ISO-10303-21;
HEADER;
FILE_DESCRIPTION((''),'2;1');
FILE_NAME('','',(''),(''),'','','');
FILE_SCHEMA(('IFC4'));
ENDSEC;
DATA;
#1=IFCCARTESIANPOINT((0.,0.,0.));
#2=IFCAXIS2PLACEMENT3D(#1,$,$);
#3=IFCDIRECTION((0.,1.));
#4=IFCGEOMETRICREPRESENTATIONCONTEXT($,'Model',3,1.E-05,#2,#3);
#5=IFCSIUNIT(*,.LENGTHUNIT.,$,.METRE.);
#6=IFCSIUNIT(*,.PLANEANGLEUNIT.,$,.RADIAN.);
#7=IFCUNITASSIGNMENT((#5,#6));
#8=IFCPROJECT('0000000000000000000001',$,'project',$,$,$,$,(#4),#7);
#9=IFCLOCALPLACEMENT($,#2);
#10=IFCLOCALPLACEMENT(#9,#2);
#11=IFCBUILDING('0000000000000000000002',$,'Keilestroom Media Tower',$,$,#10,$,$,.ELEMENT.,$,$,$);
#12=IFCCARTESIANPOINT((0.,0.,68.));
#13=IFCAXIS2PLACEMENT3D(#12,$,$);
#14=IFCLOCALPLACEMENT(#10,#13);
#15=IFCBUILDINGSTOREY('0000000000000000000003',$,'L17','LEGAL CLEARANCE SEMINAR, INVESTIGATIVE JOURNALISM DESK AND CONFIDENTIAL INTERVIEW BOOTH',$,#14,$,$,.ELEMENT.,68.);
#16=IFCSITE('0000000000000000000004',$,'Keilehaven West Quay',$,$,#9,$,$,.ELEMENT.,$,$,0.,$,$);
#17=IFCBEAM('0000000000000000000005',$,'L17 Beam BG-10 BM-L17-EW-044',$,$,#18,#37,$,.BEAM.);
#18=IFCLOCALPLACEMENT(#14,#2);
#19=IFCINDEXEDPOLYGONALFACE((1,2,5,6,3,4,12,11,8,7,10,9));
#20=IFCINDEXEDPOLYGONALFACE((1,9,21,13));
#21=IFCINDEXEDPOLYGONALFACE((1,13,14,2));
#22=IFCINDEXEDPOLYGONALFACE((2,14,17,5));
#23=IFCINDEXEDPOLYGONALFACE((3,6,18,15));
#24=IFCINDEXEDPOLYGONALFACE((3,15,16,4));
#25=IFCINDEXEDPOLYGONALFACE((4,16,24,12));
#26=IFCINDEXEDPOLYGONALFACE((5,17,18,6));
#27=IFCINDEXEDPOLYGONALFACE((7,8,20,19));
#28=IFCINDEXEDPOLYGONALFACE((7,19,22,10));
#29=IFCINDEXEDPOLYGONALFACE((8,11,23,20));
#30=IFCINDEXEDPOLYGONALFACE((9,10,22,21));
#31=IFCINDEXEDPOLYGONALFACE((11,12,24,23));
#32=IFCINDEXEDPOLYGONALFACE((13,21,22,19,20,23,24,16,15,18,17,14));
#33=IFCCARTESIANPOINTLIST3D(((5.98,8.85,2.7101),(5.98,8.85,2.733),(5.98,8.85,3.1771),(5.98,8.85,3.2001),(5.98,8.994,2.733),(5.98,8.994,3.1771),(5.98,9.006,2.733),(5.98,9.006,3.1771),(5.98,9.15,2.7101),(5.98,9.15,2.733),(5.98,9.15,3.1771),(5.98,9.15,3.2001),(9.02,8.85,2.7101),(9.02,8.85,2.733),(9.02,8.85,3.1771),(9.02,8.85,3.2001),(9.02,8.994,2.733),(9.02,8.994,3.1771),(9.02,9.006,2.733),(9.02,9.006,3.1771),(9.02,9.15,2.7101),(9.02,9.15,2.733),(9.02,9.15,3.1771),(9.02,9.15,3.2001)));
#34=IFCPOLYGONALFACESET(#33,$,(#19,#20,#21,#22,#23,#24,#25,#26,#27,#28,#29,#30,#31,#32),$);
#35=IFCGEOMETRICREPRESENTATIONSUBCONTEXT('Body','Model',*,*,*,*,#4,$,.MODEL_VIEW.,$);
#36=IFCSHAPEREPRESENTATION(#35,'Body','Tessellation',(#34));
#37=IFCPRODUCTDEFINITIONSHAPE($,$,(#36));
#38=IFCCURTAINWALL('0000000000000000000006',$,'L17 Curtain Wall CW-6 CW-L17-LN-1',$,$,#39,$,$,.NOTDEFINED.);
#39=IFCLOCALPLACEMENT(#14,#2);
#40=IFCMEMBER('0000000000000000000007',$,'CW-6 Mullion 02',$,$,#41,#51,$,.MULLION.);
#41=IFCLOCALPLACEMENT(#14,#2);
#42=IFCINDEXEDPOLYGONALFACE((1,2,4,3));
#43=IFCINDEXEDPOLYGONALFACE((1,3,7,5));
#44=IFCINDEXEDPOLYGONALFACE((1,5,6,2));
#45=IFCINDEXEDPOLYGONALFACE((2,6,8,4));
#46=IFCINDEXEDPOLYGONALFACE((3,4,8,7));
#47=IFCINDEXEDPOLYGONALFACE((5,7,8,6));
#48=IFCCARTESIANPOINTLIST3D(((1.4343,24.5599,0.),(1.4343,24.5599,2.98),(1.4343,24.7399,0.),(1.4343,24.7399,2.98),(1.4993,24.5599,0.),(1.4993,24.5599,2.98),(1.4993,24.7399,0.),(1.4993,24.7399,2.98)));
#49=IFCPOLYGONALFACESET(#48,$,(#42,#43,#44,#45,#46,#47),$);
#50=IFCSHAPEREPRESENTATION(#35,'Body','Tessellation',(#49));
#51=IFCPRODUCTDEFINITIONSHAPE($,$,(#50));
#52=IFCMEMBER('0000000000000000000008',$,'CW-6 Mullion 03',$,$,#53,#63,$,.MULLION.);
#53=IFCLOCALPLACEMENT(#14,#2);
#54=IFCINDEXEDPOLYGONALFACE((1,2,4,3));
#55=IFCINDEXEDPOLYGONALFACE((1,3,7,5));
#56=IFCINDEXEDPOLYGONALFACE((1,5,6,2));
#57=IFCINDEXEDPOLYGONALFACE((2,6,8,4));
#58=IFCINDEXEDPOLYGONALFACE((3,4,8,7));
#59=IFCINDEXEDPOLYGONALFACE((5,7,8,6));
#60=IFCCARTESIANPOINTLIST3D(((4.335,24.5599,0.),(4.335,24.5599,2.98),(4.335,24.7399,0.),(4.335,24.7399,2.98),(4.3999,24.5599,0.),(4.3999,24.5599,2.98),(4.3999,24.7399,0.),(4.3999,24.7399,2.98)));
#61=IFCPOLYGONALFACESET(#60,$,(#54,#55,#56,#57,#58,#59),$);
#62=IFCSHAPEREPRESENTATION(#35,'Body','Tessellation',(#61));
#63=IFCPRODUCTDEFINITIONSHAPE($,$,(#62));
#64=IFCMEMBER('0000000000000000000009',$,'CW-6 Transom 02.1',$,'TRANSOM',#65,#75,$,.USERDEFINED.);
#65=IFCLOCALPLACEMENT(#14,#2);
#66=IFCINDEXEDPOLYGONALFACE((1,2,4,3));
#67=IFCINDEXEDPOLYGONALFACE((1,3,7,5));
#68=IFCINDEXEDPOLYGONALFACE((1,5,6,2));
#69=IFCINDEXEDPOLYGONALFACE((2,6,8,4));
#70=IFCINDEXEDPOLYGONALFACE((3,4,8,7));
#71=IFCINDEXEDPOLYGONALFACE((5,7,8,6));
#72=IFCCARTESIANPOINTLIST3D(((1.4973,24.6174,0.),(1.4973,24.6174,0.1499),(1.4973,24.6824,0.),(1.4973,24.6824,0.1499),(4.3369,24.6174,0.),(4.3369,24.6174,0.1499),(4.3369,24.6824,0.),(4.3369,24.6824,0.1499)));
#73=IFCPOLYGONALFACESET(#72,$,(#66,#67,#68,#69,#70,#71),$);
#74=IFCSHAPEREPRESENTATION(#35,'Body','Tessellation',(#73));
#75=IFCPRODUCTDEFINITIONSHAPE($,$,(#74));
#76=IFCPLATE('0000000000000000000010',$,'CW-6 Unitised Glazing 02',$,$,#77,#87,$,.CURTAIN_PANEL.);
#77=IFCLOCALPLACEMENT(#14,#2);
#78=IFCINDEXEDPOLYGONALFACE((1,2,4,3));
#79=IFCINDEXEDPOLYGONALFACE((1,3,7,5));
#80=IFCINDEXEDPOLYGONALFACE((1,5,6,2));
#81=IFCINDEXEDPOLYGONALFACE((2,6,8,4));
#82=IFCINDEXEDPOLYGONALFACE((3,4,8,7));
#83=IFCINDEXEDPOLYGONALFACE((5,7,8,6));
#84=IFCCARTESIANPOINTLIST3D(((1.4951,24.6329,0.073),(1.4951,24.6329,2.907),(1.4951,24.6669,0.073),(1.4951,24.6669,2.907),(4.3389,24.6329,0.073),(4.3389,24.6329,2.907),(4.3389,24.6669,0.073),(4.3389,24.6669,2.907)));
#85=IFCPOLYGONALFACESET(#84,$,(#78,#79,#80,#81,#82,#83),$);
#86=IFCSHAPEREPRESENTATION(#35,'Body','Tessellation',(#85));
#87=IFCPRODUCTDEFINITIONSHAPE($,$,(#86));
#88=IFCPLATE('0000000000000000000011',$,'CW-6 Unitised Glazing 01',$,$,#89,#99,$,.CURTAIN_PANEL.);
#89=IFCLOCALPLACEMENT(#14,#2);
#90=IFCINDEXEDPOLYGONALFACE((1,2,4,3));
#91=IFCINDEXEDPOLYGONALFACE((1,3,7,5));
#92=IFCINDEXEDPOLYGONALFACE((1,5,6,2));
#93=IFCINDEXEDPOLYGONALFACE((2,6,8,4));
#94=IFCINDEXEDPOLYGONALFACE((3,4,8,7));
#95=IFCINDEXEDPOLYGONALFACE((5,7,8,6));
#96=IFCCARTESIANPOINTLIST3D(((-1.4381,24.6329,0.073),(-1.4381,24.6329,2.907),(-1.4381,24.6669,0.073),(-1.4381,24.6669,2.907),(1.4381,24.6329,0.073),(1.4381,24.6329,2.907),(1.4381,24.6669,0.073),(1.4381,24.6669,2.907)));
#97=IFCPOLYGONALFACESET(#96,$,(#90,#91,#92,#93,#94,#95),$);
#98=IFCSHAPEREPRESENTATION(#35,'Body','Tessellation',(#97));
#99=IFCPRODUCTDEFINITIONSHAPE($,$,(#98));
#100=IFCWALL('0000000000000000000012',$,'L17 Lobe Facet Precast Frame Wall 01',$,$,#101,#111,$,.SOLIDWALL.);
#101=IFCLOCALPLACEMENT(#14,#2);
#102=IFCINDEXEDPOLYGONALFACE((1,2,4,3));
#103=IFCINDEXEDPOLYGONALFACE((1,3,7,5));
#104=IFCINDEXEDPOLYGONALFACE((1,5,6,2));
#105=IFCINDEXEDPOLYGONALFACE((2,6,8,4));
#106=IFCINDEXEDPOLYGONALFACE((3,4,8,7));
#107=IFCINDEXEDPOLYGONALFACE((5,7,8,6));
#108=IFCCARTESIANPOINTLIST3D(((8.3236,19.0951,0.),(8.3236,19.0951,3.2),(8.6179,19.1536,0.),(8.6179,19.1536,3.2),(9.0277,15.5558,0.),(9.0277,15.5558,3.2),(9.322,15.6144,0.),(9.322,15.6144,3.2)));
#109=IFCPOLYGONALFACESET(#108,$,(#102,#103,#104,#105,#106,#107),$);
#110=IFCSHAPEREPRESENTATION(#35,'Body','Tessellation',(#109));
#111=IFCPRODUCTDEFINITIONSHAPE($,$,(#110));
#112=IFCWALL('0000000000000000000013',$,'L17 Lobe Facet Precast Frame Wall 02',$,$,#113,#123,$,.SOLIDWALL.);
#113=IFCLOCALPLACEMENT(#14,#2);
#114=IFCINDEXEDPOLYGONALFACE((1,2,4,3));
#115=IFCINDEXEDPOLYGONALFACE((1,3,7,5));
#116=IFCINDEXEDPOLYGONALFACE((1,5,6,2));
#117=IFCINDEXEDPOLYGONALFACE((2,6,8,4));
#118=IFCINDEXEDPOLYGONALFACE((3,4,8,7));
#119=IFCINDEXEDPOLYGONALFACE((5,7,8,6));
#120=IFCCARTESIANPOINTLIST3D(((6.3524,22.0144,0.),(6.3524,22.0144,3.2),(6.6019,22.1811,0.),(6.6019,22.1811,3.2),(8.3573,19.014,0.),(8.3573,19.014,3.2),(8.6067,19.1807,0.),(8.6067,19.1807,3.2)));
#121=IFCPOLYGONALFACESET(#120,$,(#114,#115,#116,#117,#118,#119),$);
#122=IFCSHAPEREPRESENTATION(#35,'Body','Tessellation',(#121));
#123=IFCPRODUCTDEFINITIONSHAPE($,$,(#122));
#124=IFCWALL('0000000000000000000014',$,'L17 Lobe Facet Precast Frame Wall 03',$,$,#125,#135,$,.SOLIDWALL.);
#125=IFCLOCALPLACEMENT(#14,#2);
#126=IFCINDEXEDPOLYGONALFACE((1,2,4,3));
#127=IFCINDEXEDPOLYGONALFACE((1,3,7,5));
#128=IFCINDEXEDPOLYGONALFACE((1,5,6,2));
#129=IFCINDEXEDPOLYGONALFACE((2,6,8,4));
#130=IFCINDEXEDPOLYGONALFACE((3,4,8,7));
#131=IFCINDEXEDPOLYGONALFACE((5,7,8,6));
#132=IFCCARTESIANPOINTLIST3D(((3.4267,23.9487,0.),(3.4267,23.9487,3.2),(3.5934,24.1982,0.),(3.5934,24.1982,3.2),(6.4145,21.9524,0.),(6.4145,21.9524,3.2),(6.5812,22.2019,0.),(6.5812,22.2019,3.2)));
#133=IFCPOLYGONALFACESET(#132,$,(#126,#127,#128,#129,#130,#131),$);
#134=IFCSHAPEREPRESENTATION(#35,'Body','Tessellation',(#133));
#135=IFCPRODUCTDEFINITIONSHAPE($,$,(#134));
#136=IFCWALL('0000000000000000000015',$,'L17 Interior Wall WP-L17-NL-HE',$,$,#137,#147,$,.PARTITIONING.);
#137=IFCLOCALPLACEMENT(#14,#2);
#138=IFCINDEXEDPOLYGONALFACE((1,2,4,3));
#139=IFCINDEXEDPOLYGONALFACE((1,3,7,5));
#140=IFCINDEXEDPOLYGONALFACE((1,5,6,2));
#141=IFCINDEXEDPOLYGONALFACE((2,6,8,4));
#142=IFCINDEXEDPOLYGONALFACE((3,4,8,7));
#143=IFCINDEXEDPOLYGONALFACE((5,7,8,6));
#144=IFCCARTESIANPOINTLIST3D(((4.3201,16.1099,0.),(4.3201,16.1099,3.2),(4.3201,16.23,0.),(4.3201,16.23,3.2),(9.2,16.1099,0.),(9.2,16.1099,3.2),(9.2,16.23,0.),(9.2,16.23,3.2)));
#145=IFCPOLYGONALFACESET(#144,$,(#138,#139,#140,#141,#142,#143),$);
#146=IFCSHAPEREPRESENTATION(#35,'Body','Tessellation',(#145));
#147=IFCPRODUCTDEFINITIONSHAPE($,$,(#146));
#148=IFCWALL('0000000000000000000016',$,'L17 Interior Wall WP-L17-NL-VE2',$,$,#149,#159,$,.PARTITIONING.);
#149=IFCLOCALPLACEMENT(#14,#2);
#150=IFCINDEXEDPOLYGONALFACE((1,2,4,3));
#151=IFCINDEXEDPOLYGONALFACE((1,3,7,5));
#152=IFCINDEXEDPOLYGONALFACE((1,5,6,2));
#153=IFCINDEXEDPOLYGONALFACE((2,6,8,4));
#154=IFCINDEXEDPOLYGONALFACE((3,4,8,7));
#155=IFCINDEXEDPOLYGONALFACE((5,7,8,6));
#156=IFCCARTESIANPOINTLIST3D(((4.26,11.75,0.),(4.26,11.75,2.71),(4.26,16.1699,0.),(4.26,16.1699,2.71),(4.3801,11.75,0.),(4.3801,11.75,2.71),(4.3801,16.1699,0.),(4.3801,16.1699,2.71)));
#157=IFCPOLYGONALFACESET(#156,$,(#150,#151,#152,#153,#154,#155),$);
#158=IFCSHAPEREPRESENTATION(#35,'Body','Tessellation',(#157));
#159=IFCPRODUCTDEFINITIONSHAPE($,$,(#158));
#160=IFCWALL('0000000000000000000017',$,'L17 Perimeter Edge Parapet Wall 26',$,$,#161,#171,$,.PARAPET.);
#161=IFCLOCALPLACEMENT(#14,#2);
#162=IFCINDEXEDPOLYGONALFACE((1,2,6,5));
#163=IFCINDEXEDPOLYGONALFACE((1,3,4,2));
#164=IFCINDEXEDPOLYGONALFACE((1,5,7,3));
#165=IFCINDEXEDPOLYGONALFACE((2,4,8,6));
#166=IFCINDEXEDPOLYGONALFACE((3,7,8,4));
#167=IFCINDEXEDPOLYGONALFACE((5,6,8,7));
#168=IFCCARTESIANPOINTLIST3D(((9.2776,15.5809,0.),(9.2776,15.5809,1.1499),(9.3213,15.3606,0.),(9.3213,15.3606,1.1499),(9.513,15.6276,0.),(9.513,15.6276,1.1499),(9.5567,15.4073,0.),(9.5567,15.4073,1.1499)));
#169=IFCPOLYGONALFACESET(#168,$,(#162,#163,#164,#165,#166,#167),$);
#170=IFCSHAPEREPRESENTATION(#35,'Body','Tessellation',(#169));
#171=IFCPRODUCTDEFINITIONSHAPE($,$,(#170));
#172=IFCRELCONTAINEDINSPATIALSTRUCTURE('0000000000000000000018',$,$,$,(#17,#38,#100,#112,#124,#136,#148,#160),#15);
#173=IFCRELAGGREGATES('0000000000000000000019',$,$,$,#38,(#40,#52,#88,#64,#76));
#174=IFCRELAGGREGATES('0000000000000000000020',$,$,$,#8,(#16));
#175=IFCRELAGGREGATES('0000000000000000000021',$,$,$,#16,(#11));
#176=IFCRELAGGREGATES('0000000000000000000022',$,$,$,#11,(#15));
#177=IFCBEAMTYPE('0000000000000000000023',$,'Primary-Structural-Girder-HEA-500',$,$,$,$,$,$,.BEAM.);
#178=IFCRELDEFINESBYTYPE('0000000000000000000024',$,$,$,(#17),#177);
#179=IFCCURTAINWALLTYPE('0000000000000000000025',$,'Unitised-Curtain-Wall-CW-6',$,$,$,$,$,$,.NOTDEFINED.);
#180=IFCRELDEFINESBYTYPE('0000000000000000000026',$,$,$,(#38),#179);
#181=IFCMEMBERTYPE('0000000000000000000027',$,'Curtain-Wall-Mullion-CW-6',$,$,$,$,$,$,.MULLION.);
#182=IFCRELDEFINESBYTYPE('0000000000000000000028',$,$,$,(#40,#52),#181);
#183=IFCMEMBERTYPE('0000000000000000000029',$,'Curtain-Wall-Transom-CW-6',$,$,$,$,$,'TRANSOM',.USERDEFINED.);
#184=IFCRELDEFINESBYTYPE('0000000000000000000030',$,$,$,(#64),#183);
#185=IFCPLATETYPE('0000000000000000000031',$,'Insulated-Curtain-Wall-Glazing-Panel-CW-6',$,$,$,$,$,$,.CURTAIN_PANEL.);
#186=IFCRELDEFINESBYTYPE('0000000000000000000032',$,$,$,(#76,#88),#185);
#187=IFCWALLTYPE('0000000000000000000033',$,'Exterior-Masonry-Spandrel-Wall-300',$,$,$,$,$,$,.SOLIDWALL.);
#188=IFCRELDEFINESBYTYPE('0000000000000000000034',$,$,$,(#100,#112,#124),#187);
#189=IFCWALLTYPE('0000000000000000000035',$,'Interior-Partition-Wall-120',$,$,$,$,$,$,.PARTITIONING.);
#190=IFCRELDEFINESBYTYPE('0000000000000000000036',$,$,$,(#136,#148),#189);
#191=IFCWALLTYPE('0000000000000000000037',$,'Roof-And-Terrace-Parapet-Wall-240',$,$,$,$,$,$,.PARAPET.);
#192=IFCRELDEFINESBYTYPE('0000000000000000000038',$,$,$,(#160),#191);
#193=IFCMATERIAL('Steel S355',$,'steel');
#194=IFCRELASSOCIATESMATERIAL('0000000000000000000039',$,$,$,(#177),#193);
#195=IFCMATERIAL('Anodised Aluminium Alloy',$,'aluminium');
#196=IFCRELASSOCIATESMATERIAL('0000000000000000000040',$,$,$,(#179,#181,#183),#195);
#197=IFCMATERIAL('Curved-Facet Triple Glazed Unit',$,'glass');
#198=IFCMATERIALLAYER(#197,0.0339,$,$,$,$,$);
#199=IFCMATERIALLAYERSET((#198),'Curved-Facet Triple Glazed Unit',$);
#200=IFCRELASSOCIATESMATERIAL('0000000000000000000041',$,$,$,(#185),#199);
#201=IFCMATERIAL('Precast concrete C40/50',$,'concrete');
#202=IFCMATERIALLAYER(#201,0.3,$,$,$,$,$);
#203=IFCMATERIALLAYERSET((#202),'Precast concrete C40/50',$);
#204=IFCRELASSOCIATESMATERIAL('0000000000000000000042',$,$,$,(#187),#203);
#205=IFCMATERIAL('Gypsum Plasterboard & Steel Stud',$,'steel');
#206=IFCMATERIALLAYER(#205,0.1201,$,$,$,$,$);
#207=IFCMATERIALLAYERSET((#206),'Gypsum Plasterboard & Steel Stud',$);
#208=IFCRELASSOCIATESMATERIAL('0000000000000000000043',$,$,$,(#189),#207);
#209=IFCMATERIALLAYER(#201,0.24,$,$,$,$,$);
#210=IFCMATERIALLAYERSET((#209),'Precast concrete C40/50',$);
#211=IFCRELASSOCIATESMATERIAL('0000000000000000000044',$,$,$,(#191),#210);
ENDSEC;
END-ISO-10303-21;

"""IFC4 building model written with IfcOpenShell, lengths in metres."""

from ifc_helpers import new_model, si_unit, direction, frame, frame_2d, origin, origin_2d, place, context, subcontext, project, spatial, rectangle, i_section, extrude, source, transform, mapped, material, layer, layer_set, material_profile, profile_set, type_object, element, aggregate, save


model = new_model("IFC4")

# Units and contexts
model_context = context("Model", 3, precision=1e-05, world=origin(), true_north=direction((0.0, 1.0)))
body_context = subcontext(model_context, "Body", "Model", "MODEL_VIEW")
ifc_project = project(units=[si_unit("LENGTHUNIT", "METRE"), si_unit("PLANEANGLEUNIT", "RADIAN")], contexts=[model_context])

# Site, building, storey
site_placement = place(None, origin())
site = spatial("IfcSite", under=ifc_project, at=site_placement, Name="Keilehaven West Quay", CompositionType="ELEMENT", RefElevation=0.0)
building_placement = place(site_placement, origin())
building = spatial("IfcBuilding", under=site, at=building_placement, Name="Keilestroom Media Tower", CompositionType="ELEMENT")
storey_placement = place(building_placement, frame((0.0, 0.0, 68.0)))
storey = spatial("IfcBuildingStorey", under=building, at=storey_placement, Name="L17", Description="LEGAL CLEARANCE SEMINAR, INVESTIGATIVE JOURNALISM DESK AND CONFIDENTIAL INTERVIEW BOOTH", CompositionType="ELEMENT", Elevation=68.0)

# Beam
ifc_material_1 = material(Name="Steel S355", Category="steel")
ifc_material_profile_1 = material_profile(ifc_material_1, i_section(OverallWidth=0.3, OverallDepth=0.49, WebThickness=0.012, FlangeThickness=0.0229, at=origin_2d()), Name="HEA 500")
ifc_profile_set_1 = profile_set([ifc_material_profile_1], Name="Steel S355")
beam_type_1 = type_object("IfcBeamType", Name="Primary-Structural-Girder-HEA-500", PredefinedType="BEAM", material=ifc_profile_set_1)
shared_shape_1 = source(origin(), body_context, "Body", "SweptSolid", [
    extrude(i_section(OverallWidth=0.3, OverallDepth=0.49, WebThickness=0.012, FlangeThickness=0.0229, at=origin_2d()), origin(), (0.0, 0.0, 1.0), 3.04),
])
beam_1_placement = place(storey_placement, frame((5.98, 9.0, 2.9551), z_axis=(1.0, 0.0, 0.0), x_axis=(0.0, 1.0, 0.0)))
element("IfcBeam", 1, at=beam_1_placement, inside=storey, type_object=beam_type_1, Name="L17 Beam BG-10 BM-L17-EW-044", PredefinedType="BEAM", context=body_context, shape_type="MappedRepresentation", body=[
    mapped(shared_shape_1, transform((0.0, 0.0, 0.0), x_axis=(1.0, 0.0, 0.0), y_axis=(0.0, 1.0, 0.0), z_axis=(0.0, 0.0, 1.0), scale=1.0)),
])

# Curtain wall, members, plates
ifc_material_2 = material(Name="Anodised Aluminium Alloy", Category="aluminium")
curtain_wall_type = type_object("IfcCurtainWallType", Name="Unitised-Curtain-Wall-CW-6", PredefinedType="NOTDEFINED", material=ifc_material_2)
curtain_wall_placement = place(storey_placement, origin())
curtain_wall = element("IfcCurtainWall", 2, at=curtain_wall_placement, inside=storey, type_object=curtain_wall_type, Name="L17 Curtain Wall CW-6 CW-L17-LN-1", PredefinedType="NOTDEFINED")
ifc_material_profile_2 = material_profile(ifc_material_2, rectangle(XDim=0.0649, YDim=0.1799, at=origin_2d()), Name="ALU MULLION 65x180")
ifc_profile_set_2 = profile_set([ifc_material_profile_2], Name="Anodised Aluminium Alloy")
member_type_1 = type_object("IfcMemberType", Name="Curtain-Wall-Mullion-CW-6", PredefinedType="MULLION", material=ifc_profile_set_2)
shared_shape_2 = source(origin(), body_context, "Body", "SweptSolid", [
    extrude(rectangle(XDim=0.0649, YDim=0.1799, at=origin_2d()), origin(), (0.0, 0.0, 1.0), 2.98),
])
member_1_placement = place(storey_placement, frame((1.4668, 24.6499, 0.0), z_axis=(0.0, 0.0, 1.0), x_axis=(1.0, 0.0, 0.0)))
member_1 = element("IfcMember", 3, at=member_1_placement, type_object=member_type_1, Name="CW-6 Mullion 02", PredefinedType="MULLION", context=body_context, shape_type="MappedRepresentation", body=[
    mapped(shared_shape_2, transform((0.0, 0.0, 0.0), x_axis=(1.0, 0.0, 0.0), y_axis=(0.0, 1.0, 0.0), z_axis=(0.0, 0.0, 1.0), scale=1.0)),
])
member_2_placement = place(storey_placement, frame((4.3674, 24.6499, 0.0), z_axis=(0.0, 0.0, 1.0), x_axis=(1.0, 0.0, 0.0)))
member_2 = element("IfcMember", 4, at=member_2_placement, type_object=member_type_1, Name="CW-6 Mullion 03", PredefinedType="MULLION", context=body_context, shape_type="MappedRepresentation", body=[
    mapped(shared_shape_2, transform((0.0, 0.0, 0.0), x_axis=(1.0, 0.0, 0.0), y_axis=(0.0, 1.0, 0.0), z_axis=(0.0, 0.0, 1.0), scale=1.0)),
])
ifc_material_profile_3 = material_profile(ifc_material_2, rectangle(XDim=0.0649, YDim=0.1499, at=origin_2d()), Name="ALU TRANSOM 65x150")
ifc_profile_set_3 = profile_set([ifc_material_profile_3], Name="Anodised Aluminium Alloy")
member_type_2 = type_object("IfcMemberType", Name="Curtain-Wall-Transom-CW-6", ElementType="TRANSOM", PredefinedType="USERDEFINED", material=ifc_profile_set_3)
shared_shape_3 = source(origin(), body_context, "Body", "SweptSolid", [
    extrude(rectangle(XDim=0.0649, YDim=0.1499, at=origin_2d()), origin(), (0.0, 0.0, 1.0), 2.8396),
])
member_3_placement = place(storey_placement, frame((1.4973, 24.6499, 0.075), z_axis=(1.0, 0.0, 0.0), x_axis=(0.0, 1.0, 0.0)))
member_3 = element("IfcMember", 5, at=member_3_placement, type_object=member_type_2, Name="CW-6 Transom 02.1", ObjectType="TRANSOM", PredefinedType="USERDEFINED", context=body_context, shape_type="MappedRepresentation", body=[
    mapped(shared_shape_3, transform((0.0, 0.0, 0.0), x_axis=(1.0, 0.0, 0.0), y_axis=(0.0, 1.0, 0.0), z_axis=(0.0, 0.0, 1.0), scale=1.0)),
])
ifc_material_3 = material(Name="Curved-Facet Triple Glazed Unit", Category="glass")
ifc_layer_1 = layer(ifc_material_3, 0.0339)
ifc_layer_set_1 = layer_set([ifc_layer_1], Name="Curved-Facet Triple Glazed Unit")
plate_type = type_object("IfcPlateType", Name="Insulated-Curtain-Wall-Glazing-Panel-CW-6", PredefinedType="CURTAIN_PANEL", material=ifc_layer_set_1)
shared_shape_4 = source(origin(), body_context, "Body", "SweptSolid", [
    extrude(rectangle(XDim=2.8438, YDim=0.0339, at=origin_2d()), origin(), (0.0, 0.0, 1.0), 2.834),
])
plate_1_placement = place(storey_placement, frame((2.917, 24.6499, 0.073), z_axis=(0.0, 0.0, 1.0), x_axis=(1.0, 0.0, 0.0)))
plate_1 = element("IfcPlate", 6, at=plate_1_placement, type_object=plate_type, Name="CW-6 Unitised Glazing 02", PredefinedType="CURTAIN_PANEL", context=body_context, shape_type="MappedRepresentation", body=[
    mapped(shared_shape_4, transform((0.0, 0.0, 0.0), x_axis=(1.0, 0.0, 0.0), y_axis=(0.0, 1.0, 0.0), z_axis=(0.0, 0.0, 1.0), scale=1.0)),
])
shared_shape_5 = source(origin(), body_context, "Body", "SweptSolid", [
    extrude(rectangle(XDim=2.8762, YDim=0.0339, at=origin_2d()), origin(), (0.0, 0.0, 1.0), 2.834),
])
plate_2_placement = place(storey_placement, frame((0.0, 24.6499, 0.073), z_axis=(0.0, 0.0, 1.0), x_axis=(1.0, 0.0, 0.0)))
plate_2 = element("IfcPlate", 7, at=plate_2_placement, type_object=plate_type, Name="CW-6 Unitised Glazing 01", PredefinedType="CURTAIN_PANEL", context=body_context, shape_type="MappedRepresentation", body=[
    mapped(shared_shape_5, transform((0.0, 0.0, 0.0), x_axis=(1.0, 0.0, 0.0), y_axis=(0.0, 1.0, 0.0), z_axis=(0.0, 0.0, 1.0), scale=1.0)),
])
aggregate(curtain_wall, [member_1, member_2, plate_2, member_3, plate_1])

# Walls
ifc_material_4 = material(Name="Precast concrete C40/50", Category="concrete")
ifc_layer_2 = layer(ifc_material_4, 0.3)
ifc_layer_set_2 = layer_set([ifc_layer_2], Name="Precast concrete C40/50")
wall_type_1 = type_object("IfcWallType", Name="Exterior-Masonry-Spandrel-Wall-300", PredefinedType="SOLIDWALL", material=ifc_layer_set_2)
for number, where, z_axis, x_axis, name in (
    (8, (9.1748, 15.5852, 0.0), (0.0, 0.0, 1.0), (-0.195114, 0.980781, 0.0), "L17 Lobe Facet Precast Frame Wall 01"),
    (9, (8.4819, 19.0974, 0.0), (0.0, 0.0, 1.0), (-0.555574, 0.831467, 0.0), "L17 Lobe Facet Precast Frame Wall 02"),
):
    element("IfcWall", number, at=place(storey_placement, frame(where, z_axis=z_axis, x_axis=x_axis)), inside=storey, type_object=wall_type_1, Name=name, PredefinedType="SOLIDWALL", context=body_context, shape_type="SweptSolid", body=[
        extrude(rectangle(XDim=3.6086, YDim=0.3, at=frame_2d((1.8042, 0.0))), origin(), (0.0, 0.0, 1.0), 3.2),
    ])
wall_1_placement = place(storey_placement, frame((6.4978, 22.0771, 0.0), z_axis=(0.0, 0.0, 1.0), x_axis=(-0.831475, 0.555562, 0.0)))
element("IfcWall", 10, at=wall_1_placement, inside=storey, type_object=wall_type_1, Name="L17 Lobe Facet Precast Frame Wall 03", PredefinedType="SOLIDWALL", context=body_context, shape_type="SweptSolid", body=[
    extrude(rectangle(XDim=3.5933, YDim=0.3, at=frame_2d((1.7966, 0.0))), origin(), (0.0, 0.0, 1.0), 3.2),
])
ifc_material_5 = material(Name="Gypsum Plasterboard & Steel Stud", Category="steel")
ifc_layer_3 = layer(ifc_material_5, 0.1201)
ifc_layer_set_3 = layer_set([ifc_layer_3], Name="Gypsum Plasterboard & Steel Stud")
wall_type_2 = type_object("IfcWallType", Name="Interior-Partition-Wall-120", PredefinedType="PARTITIONING", material=ifc_layer_set_3)
wall_2_placement = place(storey_placement, frame((4.3201, 16.1699, 0.0), z_axis=(0.0, 0.0, 1.0), x_axis=(1.0, 0.0, 0.0)))
element("IfcWall", 11, at=wall_2_placement, inside=storey, type_object=wall_type_2, Name="L17 Interior Wall WP-L17-NL-HE", PredefinedType="PARTITIONING", context=body_context, shape_type="SweptSolid", body=[
    extrude(rectangle(XDim=4.8799, YDim=0.1201, at=frame_2d((2.4399, 0.0))), origin(), (0.0, 0.0, 1.0), 3.2),
])
wall_3_placement = place(storey_placement, frame((4.3201, 11.75, 0.0), z_axis=(0.0, 0.0, 1.0), x_axis=(0.0, 1.0, 0.0)))
element("IfcWall", 12, at=wall_3_placement, inside=storey, type_object=wall_type_2, Name="L17 Interior Wall WP-L17-NL-VE2", PredefinedType="PARTITIONING", context=body_context, shape_type="SweptSolid", body=[
    extrude(rectangle(XDim=4.4199, YDim=0.1201, at=frame_2d((2.21, 0.0))), origin(), (0.0, 0.0, 1.0), 2.71),
])
ifc_layer_4 = layer(ifc_material_4, 0.24)
ifc_layer_set_4 = layer_set([ifc_layer_4], Name="Precast concrete C40/50")
wall_type_3 = type_object("IfcWallType", Name="Roof-And-Terrace-Parapet-Wall-240", PredefinedType="PARAPET", material=ifc_layer_set_4)
wall_4_placement = place(storey_placement, frame((9.3953, 15.6042, 0.0), z_axis=(0.0, 0.0, 1.0), x_axis=(0.194652, -0.980872, 0.0)))
element("IfcWall", 13, at=wall_4_placement, inside=storey, type_object=wall_type_3, Name="L17 Perimeter Edge Parapet Wall 26", PredefinedType="PARAPET", context=body_context, shape_type="SweptSolid", body=[
    extrude(rectangle(XDim=0.2246, YDim=0.24, at=frame_2d((0.1123, 0.0))), origin(), (0.0, 0.0, 1.0), 1.1499),
])

save(model, "model.ifc")
